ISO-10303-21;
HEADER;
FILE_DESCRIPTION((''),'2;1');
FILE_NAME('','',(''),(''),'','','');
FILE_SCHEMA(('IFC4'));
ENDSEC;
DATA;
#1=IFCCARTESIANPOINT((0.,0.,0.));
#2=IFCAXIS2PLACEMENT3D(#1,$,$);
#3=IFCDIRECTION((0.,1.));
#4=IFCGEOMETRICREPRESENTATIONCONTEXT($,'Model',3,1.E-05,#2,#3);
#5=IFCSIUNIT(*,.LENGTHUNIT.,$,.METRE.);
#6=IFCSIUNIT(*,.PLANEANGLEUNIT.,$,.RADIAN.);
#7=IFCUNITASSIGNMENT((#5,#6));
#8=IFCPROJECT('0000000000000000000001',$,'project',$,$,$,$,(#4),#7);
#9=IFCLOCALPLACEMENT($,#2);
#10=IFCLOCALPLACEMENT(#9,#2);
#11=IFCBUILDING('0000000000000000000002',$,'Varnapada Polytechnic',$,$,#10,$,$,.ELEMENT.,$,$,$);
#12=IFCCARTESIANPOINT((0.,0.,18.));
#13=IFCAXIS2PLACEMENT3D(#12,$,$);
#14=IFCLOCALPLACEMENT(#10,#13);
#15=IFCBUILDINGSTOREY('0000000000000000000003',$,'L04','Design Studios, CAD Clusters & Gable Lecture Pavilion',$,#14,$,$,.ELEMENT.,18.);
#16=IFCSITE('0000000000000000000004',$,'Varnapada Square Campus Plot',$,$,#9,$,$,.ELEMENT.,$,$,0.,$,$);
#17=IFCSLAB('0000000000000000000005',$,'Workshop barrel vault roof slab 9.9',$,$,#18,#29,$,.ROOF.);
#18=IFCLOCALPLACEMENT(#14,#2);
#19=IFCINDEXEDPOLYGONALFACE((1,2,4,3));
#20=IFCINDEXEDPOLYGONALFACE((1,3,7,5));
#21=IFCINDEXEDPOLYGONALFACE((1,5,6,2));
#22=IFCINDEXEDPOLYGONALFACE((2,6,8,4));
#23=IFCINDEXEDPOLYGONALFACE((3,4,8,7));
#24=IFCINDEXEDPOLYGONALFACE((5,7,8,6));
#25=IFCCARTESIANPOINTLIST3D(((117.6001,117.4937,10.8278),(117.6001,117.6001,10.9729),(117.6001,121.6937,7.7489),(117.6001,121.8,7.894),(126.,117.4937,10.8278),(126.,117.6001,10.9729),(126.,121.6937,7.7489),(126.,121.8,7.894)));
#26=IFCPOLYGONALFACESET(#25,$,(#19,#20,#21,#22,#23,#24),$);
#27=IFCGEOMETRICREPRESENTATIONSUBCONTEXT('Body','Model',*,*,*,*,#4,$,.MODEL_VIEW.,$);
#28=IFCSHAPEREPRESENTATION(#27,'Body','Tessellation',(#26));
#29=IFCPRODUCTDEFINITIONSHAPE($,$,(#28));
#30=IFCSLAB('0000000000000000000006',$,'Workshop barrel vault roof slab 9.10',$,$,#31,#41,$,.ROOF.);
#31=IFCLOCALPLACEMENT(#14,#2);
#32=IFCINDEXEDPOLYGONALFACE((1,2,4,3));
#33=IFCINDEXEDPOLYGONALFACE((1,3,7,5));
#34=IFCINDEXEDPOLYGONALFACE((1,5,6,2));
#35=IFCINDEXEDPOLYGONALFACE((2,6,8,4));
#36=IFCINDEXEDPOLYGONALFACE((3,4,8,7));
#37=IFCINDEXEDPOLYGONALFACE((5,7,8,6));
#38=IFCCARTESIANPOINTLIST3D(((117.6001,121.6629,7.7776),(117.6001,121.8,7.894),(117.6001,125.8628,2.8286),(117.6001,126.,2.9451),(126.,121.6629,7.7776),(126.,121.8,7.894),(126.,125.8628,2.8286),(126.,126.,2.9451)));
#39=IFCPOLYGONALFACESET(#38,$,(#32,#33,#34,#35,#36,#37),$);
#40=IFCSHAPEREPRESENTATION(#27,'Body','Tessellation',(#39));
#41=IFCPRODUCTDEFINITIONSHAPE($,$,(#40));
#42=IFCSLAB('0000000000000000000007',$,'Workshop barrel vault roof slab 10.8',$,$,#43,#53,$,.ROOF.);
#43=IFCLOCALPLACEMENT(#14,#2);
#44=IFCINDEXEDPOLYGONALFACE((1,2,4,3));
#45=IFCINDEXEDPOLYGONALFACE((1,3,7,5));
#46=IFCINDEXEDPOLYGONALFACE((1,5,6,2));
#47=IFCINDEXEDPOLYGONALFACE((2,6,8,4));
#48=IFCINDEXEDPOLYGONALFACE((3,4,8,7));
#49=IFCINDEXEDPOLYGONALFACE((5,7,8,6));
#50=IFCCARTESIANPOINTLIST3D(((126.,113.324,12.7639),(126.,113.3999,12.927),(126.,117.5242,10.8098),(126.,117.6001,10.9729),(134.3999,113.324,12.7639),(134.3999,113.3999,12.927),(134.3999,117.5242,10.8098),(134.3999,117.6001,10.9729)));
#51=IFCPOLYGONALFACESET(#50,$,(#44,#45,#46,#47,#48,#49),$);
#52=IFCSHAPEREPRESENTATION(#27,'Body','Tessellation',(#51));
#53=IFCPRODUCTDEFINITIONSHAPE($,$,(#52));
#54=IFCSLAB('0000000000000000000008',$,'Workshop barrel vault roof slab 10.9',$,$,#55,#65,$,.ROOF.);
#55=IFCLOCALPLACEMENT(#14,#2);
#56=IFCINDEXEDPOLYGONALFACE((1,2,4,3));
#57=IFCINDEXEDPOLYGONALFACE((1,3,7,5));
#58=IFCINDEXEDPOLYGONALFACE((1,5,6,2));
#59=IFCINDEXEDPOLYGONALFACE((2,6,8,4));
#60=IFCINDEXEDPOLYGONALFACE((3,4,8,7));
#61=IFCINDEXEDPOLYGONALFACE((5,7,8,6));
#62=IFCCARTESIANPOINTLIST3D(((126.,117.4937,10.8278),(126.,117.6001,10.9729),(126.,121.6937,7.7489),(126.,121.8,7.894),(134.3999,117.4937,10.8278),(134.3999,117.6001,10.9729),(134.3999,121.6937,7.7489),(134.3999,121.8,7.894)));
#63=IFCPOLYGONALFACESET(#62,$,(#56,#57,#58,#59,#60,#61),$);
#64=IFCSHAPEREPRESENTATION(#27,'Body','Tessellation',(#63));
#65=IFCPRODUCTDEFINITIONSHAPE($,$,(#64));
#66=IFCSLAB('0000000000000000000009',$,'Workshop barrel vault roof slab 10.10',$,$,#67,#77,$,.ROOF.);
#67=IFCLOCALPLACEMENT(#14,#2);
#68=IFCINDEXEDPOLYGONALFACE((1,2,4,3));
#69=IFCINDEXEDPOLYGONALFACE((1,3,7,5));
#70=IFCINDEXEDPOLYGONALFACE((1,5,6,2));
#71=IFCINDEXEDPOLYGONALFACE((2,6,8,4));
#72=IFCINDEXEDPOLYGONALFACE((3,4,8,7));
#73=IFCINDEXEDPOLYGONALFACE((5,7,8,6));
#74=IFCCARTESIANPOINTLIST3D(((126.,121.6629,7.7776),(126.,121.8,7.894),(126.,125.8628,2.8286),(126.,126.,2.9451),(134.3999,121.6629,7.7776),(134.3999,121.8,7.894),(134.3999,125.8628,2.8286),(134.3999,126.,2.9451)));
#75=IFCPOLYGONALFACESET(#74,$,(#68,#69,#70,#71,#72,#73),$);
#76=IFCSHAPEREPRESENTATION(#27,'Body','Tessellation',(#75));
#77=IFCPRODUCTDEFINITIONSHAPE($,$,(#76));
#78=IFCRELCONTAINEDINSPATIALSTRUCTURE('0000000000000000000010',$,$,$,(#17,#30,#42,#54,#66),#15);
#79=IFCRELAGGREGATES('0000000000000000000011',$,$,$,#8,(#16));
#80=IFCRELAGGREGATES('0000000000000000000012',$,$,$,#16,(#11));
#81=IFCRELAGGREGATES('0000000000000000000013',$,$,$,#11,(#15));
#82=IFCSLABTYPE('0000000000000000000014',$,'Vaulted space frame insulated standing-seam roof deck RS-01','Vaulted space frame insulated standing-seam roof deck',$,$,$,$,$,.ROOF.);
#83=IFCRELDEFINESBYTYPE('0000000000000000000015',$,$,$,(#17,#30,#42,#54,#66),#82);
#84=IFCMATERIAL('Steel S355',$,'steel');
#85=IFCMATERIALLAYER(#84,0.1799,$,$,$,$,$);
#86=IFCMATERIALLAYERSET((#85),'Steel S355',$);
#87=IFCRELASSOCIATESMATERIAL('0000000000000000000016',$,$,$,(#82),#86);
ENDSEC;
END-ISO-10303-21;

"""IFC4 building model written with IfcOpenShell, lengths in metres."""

from ifc_helpers import new_model, si_unit, direction, frame, origin, place, context, subcontext, project, spatial, polyline, outline, extrude, material, layer, layer_set, type_object, element, save


model = new_model("IFC4")

# Units and contexts
model_context = context("Model", 3, precision=1e-05, world=origin(), true_north=direction((0.0, 1.0)))
body_context = subcontext(model_context, "Body", "Model", "MODEL_VIEW")
ifc_project = project(units=[si_unit("LENGTHUNIT", "METRE"), si_unit("PLANEANGLEUNIT", "RADIAN")], contexts=[model_context])

# Site, building, storey
site_placement = place(None, origin())
site = spatial("IfcSite", under=ifc_project, at=site_placement, Name="Varnapada Square Campus Plot", CompositionType="ELEMENT", RefElevation=0.0)
building_placement = place(site_placement, origin())
building = spatial("IfcBuilding", under=site, at=building_placement, Name="Varnapada Polytechnic", CompositionType="ELEMENT")
storey_placement = place(building_placement, frame((0.0, 0.0, 18.0)))
storey = spatial("IfcBuildingStorey", under=building, at=storey_placement, Name="L04", Description="Design Studios, CAD Clusters & Gable Lecture Pavilion", CompositionType="ELEMENT", Elevation=18.0)

# Shared definitions
ifc_material = material(Name="Steel S355", Category="steel")

# Slabs
ifc_layer_1 = layer(ifc_material, 0.1799)
ifc_layer_set_1 = layer_set([ifc_layer_1], Name="Steel S355")
slab_type = type_object("IfcSlabType", Name="Vaulted space frame insulated standing-seam roof deck RS-01", Description="Vaulted space frame insulated standing-seam roof deck", PredefinedType="ROOF", material=ifc_layer_set_1)
slab_1_placement = place(storey_placement, frame((117.6001, 117.6001, 10.9729), z_axis=(0.0, 0.591225, 0.806506), x_axis=(1.0, 0.0, 0.0)))
element("IfcSlab", 1, at=slab_1_placement, inside=storey, type_object=slab_type, Name="Workshop barrel vault roof slab 9.9", PredefinedType="ROOF", context=body_context, shape_type="SweptSolid", body=[
    extrude(outline(polyline([(0.0, 0.0), (8.3999, 0.0), (8.3999, 5.2076), (0.0, 5.2076), (0.0, 0.0)])), origin(), (0.0, 0.0, -1.0), 0.1799),
])
slab_2_placement = place(storey_placement, frame((117.6001, 121.8, 7.894), z_axis=(0.0, 0.762447, 0.647051), x_axis=(1.0, 0.0, 0.0)))
element("IfcSlab", 2, at=slab_2_placement, inside=storey, type_object=slab_type, Name="Workshop barrel vault roof slab 9.10", PredefinedType="ROOF", context=body_context, shape_type="SweptSolid", body=[
    extrude(outline(polyline([(0.0, 0.0), (8.3999, 0.0), (8.3999, 6.4909), (0.0, 6.4909), (0.0, 0.0)])), origin(), (0.0, 0.0, -1.0), 0.1799),
])
slab_3_placement = place(storey_placement, frame((126.0, 113.3999, 12.927), z_axis=(0.0, 0.421823, 0.906678), x_axis=(1.0, 0.0, 0.0)))
element("IfcSlab", 3, at=slab_3_placement, inside=storey, type_object=slab_type, Name="Workshop barrel vault roof slab 10.8", PredefinedType="ROOF", context=body_context, shape_type="SweptSolid", body=[
    extrude(outline(polyline([(0.0, 0.0), (8.3999, 0.0), (8.3999, 4.6325), (0.0, 4.6325), (0.0, 0.0)])), origin(), (0.0, 0.0, -1.0), 0.1799),
])
slab_4_placement = place(storey_placement, frame((126.0, 117.6001, 10.9729), z_axis=(0.0, 0.591225, 0.806506), x_axis=(1.0, 0.0, 0.0)))
element("IfcSlab", 4, at=slab_4_placement, inside=storey, type_object=slab_type, Name="Workshop barrel vault roof slab 10.9", PredefinedType="ROOF", context=body_context, shape_type="SweptSolid", body=[
    extrude(outline(polyline([(0.0, 0.0), (8.3999, 0.0), (8.3999, 5.2076), (0.0, 5.2076), (0.0, 0.0)])), origin(), (0.0, 0.0, -1.0), 0.1799),
])
slab_5_placement = place(storey_placement, frame((126.0, 121.8, 7.894), z_axis=(0.0, 0.762447, 0.647051), x_axis=(1.0, 0.0, 0.0)))
element("IfcSlab", 5, at=slab_5_placement, inside=storey, type_object=slab_type, Name="Workshop barrel vault roof slab 10.10", PredefinedType="ROOF", context=body_context, shape_type="SweptSolid", body=[
    extrude(outline(polyline([(0.0, 0.0), (8.3999, 0.0), (8.3999, 6.4909), (0.0, 6.4909), (0.0, 0.0)])), origin(), (0.0, 0.0, -1.0), 0.1799),
])

save(model, "model.ifc")
